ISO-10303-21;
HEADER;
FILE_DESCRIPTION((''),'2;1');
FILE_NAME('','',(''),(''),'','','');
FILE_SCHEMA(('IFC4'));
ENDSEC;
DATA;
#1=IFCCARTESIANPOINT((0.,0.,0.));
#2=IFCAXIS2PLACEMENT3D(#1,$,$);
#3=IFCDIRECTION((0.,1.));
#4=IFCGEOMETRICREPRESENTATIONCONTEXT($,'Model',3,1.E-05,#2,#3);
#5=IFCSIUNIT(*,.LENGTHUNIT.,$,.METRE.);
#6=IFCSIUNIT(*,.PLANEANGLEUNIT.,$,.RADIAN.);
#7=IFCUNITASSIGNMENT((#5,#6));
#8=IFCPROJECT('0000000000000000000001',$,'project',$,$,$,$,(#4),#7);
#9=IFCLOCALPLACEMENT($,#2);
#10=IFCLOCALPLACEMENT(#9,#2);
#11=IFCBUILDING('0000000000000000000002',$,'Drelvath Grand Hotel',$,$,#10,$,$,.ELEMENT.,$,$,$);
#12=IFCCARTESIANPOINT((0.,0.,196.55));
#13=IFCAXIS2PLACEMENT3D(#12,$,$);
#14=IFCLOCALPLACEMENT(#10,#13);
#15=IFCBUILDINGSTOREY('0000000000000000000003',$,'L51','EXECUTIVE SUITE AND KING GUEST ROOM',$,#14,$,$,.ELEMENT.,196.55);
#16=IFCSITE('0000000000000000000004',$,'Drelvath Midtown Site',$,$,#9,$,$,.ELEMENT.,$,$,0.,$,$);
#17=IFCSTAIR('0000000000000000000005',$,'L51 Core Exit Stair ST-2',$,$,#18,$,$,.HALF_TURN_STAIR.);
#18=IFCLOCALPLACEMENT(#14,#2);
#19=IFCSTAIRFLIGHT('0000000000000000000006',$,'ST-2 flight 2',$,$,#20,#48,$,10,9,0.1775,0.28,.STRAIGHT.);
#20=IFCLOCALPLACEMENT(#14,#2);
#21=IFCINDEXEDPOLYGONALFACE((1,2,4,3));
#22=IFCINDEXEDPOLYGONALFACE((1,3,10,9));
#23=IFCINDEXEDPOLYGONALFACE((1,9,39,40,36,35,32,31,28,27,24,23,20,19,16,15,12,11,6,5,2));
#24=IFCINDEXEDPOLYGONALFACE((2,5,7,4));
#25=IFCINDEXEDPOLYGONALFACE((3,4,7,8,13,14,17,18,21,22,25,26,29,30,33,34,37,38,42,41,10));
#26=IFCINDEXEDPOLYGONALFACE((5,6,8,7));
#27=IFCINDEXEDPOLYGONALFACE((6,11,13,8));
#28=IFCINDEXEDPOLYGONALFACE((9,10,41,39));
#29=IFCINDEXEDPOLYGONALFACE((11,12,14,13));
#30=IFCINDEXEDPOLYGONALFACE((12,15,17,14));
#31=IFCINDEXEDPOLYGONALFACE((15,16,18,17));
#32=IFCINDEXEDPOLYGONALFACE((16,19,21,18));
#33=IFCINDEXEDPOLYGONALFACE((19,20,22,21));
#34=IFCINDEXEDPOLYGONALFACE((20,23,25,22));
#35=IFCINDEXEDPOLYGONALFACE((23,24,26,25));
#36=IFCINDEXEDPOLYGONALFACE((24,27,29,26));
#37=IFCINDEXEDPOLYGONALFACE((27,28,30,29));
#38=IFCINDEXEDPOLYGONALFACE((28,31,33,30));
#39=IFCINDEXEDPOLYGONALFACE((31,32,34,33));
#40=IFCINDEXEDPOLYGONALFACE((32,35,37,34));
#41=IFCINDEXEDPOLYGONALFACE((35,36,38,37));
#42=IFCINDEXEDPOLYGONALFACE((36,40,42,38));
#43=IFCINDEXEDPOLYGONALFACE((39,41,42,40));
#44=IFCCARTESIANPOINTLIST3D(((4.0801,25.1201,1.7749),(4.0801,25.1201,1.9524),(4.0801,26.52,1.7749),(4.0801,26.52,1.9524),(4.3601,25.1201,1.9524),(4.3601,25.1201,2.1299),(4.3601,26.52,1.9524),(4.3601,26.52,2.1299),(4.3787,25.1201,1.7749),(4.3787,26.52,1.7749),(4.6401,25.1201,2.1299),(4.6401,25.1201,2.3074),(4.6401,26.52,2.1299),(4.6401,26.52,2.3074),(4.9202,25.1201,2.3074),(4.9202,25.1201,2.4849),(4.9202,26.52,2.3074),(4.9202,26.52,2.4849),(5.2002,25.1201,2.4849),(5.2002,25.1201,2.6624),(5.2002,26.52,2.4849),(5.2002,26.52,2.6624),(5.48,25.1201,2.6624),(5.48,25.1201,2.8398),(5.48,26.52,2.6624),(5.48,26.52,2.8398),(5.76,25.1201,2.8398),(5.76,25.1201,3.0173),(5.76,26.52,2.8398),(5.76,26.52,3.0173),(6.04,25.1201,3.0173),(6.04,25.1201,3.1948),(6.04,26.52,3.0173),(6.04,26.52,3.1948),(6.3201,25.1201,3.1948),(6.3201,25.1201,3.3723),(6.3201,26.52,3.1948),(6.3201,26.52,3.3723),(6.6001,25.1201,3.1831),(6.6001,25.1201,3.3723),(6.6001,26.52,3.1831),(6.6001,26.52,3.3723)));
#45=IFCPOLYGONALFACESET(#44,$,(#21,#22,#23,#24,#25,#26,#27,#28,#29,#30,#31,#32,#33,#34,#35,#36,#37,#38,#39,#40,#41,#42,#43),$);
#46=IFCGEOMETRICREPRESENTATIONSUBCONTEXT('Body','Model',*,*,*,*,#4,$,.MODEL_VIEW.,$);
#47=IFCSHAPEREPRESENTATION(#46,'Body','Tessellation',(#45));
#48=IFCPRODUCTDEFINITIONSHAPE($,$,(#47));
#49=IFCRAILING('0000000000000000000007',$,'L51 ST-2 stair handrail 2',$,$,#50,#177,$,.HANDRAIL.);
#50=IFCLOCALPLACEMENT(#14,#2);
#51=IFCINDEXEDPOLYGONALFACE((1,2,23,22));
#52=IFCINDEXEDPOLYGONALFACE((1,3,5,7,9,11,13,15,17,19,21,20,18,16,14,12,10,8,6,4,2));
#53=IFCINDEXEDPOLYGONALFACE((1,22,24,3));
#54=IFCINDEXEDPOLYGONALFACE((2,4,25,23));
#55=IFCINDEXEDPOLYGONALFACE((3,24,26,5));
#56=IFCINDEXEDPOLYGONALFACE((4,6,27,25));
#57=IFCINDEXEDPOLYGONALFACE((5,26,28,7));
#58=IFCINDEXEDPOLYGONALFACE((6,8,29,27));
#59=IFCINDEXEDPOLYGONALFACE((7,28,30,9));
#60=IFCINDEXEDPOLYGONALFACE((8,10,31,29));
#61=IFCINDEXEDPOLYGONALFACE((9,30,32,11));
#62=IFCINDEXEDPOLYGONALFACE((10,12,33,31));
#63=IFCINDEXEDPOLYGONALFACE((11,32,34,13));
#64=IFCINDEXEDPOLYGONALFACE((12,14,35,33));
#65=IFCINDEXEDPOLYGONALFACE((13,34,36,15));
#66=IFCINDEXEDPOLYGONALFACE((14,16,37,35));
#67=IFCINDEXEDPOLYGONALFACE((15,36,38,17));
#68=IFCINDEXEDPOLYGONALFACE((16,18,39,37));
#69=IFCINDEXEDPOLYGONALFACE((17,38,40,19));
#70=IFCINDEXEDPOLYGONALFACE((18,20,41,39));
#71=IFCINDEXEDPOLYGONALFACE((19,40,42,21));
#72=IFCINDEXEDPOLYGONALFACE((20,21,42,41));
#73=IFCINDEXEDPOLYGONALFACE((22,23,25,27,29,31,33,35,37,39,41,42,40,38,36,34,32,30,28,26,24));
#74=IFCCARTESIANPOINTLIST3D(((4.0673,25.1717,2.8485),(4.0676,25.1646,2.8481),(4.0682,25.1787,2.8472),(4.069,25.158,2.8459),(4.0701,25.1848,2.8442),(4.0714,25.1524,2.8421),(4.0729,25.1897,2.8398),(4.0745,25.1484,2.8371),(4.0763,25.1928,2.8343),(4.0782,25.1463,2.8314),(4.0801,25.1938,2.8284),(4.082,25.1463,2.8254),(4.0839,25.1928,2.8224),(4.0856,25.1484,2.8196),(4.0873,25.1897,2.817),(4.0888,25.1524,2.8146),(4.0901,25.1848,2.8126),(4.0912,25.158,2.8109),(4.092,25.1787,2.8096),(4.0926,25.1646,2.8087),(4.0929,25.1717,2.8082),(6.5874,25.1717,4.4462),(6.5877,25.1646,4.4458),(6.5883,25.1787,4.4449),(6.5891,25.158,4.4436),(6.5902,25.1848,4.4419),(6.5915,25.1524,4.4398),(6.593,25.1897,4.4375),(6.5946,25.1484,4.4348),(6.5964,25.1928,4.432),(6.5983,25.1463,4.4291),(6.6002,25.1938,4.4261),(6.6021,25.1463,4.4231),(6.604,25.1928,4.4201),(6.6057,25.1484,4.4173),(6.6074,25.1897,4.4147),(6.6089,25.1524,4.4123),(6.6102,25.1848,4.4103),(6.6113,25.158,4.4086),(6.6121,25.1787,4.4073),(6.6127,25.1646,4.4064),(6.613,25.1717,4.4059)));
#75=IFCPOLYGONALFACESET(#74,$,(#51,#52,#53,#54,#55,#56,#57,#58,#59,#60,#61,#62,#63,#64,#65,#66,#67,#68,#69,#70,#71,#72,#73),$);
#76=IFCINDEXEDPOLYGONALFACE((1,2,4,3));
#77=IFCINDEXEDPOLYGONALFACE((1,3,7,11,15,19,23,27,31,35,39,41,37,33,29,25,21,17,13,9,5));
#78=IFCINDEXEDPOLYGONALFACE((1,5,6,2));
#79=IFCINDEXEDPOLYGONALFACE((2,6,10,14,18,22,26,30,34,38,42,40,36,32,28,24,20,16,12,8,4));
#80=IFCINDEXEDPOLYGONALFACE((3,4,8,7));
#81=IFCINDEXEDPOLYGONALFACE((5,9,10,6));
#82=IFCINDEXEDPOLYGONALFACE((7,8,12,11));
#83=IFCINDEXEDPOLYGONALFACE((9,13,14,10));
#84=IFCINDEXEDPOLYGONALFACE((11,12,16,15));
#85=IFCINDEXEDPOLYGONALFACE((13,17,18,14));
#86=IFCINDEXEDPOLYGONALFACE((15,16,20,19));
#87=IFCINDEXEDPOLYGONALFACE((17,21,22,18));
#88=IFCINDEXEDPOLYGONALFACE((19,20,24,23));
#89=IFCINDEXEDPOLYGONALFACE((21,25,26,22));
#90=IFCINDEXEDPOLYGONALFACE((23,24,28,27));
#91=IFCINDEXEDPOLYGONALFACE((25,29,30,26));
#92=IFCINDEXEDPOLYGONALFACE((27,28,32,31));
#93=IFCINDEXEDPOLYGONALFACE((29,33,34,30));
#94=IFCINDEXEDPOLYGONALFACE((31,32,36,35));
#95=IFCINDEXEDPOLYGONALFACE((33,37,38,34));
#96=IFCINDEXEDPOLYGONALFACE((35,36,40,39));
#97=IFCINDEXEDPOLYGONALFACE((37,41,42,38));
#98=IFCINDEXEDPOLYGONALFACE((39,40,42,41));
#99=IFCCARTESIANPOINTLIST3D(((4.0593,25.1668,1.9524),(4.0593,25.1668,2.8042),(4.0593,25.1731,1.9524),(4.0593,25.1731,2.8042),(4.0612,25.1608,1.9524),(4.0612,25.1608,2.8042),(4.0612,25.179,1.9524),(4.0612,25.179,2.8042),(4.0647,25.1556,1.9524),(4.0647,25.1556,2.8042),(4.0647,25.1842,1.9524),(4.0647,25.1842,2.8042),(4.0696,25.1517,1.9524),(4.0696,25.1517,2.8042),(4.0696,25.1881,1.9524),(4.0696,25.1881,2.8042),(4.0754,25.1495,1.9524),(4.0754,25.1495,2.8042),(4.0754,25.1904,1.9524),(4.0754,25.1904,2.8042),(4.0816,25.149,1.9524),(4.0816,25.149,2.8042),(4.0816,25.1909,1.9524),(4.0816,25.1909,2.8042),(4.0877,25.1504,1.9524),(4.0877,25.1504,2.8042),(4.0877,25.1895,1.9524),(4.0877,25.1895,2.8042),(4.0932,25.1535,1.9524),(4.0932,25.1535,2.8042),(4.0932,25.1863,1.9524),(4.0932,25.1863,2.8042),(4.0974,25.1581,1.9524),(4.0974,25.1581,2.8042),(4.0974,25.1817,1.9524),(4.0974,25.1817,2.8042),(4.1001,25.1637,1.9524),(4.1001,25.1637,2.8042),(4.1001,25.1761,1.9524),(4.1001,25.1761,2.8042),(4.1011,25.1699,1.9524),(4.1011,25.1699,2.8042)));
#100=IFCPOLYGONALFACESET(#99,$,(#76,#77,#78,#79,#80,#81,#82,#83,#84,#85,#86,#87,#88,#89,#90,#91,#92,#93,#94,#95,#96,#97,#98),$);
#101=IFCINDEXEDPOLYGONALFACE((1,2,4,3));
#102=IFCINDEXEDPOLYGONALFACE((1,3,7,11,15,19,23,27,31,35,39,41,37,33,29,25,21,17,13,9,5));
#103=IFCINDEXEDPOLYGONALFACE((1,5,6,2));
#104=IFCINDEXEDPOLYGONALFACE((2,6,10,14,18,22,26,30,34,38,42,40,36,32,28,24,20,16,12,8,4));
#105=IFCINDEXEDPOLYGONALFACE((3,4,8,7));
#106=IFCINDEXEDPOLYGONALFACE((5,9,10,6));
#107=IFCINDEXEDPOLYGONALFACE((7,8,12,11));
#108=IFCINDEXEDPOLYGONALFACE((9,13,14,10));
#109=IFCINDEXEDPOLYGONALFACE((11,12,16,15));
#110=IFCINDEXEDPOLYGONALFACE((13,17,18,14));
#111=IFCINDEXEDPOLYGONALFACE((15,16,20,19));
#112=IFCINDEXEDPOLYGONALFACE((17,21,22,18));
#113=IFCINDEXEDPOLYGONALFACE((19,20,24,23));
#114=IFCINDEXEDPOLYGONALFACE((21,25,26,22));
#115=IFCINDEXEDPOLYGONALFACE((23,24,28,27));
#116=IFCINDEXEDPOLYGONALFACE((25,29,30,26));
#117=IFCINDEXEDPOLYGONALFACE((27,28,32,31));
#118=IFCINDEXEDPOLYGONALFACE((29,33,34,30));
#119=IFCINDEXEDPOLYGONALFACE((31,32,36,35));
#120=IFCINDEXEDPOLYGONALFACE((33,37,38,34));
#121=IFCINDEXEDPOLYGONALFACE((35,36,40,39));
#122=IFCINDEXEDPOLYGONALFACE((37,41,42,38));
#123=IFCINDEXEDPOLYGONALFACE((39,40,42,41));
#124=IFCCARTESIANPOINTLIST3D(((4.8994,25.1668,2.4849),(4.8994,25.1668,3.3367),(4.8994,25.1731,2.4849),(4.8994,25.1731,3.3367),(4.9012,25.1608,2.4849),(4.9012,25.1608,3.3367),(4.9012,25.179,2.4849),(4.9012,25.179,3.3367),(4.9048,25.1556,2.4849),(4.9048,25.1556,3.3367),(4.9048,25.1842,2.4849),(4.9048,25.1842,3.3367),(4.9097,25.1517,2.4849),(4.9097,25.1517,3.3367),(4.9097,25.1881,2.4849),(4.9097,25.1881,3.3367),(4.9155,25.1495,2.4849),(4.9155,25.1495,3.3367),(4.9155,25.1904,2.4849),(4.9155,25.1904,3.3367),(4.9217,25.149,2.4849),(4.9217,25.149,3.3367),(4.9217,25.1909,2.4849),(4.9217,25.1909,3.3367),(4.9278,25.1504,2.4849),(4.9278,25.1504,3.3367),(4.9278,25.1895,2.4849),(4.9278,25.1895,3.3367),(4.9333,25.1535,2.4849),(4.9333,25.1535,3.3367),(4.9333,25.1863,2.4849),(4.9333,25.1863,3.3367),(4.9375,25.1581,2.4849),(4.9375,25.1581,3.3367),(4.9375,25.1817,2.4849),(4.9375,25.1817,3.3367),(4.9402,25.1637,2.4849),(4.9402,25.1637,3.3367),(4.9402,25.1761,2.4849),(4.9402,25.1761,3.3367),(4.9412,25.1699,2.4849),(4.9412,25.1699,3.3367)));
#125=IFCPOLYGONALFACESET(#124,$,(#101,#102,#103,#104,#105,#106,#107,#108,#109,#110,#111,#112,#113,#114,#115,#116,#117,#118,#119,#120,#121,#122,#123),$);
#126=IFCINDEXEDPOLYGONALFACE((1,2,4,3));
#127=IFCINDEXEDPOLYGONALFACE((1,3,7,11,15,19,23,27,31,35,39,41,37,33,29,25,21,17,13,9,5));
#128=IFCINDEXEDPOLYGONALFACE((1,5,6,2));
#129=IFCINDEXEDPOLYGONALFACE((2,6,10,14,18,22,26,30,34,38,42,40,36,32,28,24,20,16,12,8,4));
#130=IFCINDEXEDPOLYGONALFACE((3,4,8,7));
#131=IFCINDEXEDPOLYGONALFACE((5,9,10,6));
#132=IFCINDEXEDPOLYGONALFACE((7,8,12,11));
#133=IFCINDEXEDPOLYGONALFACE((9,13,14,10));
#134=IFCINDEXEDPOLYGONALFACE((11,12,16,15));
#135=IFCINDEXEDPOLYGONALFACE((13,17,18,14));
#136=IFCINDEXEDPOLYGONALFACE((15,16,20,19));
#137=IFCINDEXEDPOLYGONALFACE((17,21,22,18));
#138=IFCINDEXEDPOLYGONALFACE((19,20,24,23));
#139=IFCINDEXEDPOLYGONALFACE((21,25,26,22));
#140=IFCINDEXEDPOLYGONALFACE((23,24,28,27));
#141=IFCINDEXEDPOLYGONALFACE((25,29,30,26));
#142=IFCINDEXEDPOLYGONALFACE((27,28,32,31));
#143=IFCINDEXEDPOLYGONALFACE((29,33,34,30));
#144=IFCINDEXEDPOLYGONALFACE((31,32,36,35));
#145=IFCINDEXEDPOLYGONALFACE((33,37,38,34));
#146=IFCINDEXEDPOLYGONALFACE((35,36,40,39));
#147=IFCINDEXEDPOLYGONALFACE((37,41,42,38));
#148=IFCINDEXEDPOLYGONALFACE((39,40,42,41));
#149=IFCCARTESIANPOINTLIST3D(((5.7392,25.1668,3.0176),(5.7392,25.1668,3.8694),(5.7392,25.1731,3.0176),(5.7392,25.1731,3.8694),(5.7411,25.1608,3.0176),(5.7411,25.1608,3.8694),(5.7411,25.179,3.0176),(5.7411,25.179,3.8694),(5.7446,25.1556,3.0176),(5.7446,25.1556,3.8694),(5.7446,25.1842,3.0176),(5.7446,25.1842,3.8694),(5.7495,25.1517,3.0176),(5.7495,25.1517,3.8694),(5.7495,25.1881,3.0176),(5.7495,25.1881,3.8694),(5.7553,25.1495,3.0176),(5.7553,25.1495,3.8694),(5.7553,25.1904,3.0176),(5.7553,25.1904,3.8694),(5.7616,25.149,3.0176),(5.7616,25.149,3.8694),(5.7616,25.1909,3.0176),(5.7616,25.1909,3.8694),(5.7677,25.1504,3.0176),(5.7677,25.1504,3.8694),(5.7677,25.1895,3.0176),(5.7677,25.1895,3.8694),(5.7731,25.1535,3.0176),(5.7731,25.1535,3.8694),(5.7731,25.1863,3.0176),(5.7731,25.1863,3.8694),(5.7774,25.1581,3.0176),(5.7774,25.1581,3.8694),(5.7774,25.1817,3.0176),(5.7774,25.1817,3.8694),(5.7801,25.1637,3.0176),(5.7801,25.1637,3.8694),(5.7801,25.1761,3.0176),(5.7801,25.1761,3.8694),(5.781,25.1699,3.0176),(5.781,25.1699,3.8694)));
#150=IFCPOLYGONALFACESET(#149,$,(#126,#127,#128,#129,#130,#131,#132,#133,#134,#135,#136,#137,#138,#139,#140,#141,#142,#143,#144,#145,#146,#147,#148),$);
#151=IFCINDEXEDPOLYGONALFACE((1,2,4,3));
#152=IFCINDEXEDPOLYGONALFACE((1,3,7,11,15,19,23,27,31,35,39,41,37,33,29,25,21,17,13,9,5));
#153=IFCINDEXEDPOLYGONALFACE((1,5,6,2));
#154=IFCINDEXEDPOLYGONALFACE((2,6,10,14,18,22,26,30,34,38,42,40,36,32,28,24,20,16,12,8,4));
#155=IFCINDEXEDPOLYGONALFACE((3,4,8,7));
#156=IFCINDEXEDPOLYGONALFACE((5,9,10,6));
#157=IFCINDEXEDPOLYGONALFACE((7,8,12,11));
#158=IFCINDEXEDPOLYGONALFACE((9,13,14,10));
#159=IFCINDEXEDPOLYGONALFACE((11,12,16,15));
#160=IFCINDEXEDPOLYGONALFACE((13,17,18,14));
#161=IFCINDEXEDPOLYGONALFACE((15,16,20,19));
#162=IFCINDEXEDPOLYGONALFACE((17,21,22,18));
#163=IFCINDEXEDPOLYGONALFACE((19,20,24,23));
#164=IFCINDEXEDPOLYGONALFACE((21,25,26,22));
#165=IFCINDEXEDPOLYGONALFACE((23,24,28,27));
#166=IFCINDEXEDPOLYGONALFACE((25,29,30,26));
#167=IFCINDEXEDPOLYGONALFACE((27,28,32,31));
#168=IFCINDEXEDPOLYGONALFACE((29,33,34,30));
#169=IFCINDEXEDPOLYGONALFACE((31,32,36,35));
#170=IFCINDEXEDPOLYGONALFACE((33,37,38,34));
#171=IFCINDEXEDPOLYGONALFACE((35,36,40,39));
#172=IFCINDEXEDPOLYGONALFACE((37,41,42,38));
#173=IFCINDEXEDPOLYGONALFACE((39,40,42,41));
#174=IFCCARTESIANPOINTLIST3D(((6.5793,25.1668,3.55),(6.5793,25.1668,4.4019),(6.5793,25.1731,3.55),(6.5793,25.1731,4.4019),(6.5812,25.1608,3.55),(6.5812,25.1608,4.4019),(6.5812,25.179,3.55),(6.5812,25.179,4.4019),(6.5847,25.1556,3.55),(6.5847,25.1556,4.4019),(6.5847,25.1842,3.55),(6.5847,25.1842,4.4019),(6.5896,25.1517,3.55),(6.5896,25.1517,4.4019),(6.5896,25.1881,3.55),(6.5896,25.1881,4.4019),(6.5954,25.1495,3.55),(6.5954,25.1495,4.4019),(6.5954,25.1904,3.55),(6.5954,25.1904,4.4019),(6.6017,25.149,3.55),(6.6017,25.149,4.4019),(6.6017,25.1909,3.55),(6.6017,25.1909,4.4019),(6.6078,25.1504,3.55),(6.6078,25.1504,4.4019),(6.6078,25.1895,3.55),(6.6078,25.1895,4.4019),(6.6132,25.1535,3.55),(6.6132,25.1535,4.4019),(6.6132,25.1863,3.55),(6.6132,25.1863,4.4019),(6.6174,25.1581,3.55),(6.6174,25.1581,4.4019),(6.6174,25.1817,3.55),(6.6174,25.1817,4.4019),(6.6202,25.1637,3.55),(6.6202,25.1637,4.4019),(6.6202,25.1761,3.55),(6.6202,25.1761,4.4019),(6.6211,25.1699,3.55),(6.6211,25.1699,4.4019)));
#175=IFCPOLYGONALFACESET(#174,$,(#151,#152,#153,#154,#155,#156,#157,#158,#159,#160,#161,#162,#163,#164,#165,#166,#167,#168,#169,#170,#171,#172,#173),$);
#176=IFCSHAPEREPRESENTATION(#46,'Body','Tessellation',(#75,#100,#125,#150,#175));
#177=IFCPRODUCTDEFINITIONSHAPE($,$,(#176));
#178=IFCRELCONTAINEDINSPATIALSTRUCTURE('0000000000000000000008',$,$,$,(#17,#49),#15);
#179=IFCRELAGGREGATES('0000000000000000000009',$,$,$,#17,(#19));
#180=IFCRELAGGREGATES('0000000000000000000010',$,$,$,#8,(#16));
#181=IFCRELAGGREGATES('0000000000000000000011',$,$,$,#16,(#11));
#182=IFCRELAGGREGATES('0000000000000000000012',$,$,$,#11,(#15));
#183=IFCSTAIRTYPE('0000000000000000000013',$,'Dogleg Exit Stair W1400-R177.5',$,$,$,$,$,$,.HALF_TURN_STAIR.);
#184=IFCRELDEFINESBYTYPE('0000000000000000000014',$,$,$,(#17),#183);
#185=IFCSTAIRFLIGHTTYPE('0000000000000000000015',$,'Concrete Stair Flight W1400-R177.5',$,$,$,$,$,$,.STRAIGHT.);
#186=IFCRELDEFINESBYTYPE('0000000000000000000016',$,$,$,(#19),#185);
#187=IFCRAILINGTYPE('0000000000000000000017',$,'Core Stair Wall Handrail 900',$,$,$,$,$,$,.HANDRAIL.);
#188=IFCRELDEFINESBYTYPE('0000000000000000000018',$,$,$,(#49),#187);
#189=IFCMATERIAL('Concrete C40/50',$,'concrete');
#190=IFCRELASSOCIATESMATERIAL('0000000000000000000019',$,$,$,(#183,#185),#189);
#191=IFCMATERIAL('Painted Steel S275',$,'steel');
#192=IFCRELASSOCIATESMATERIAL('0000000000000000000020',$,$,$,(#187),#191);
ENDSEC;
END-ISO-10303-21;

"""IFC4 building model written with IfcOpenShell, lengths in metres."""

from ifc_helpers import new_model, si_unit, direction, frame, origin, origin_2d, place, context, subcontext, project, spatial, polyline, circle, outline, extrude, material, type_object, element, aggregate, save


model = new_model("IFC4")

# Units and contexts
model_context = context("Model", 3, precision=1e-05, world=origin(), true_north=direction((0.0, 1.0)))
body_context = subcontext(model_context, "Body", "Model", "MODEL_VIEW")
ifc_project = project(units=[si_unit("LENGTHUNIT", "METRE"), si_unit("PLANEANGLEUNIT", "RADIAN")], contexts=[model_context])

# Site, building, storey
site_placement = place(None, origin())
site = spatial("IfcSite", under=ifc_project, at=site_placement, Name="Drelvath Midtown Site", CompositionType="ELEMENT", RefElevation=0.0)
building_placement = place(site_placement, origin())
building = spatial("IfcBuilding", under=site, at=building_placement, Name="Drelvath Grand Hotel", CompositionType="ELEMENT")
storey_placement = place(building_placement, frame((0.0, 0.0, 196.55)))
storey = spatial("IfcBuildingStorey", under=building, at=storey_placement, Name="L51", Description="EXECUTIVE SUITE AND KING GUEST ROOM", CompositionType="ELEMENT", Elevation=196.55)

# Shared definitions
ifc_material_1 = material(Name="Concrete C40/50", Category="concrete")

# Stair, stair flight
stair_type = type_object("IfcStairType", Name="Dogleg Exit Stair W1400-R177.5", PredefinedType="HALF_TURN_STAIR", material=ifc_material_1)
stair_placement = place(storey_placement, origin())
stair = element("IfcStair", 1, at=stair_placement, inside=storey, type_object=stair_type, Name="L51 Core Exit Stair ST-2", PredefinedType="HALF_TURN_STAIR")
stair_flight_type = type_object("IfcStairFlightType", Name="Concrete Stair Flight W1400-R177.5", PredefinedType="STRAIGHT", material=ifc_material_1)
stair_flight_placement = place(storey_placement, frame((4.0801, 25.8201, 1.7749), z_axis=(0.0, 0.0, 1.0), x_axis=(1.0, 0.0, 0.0)))
stair_flight = element("IfcStairFlight", 2, at=stair_flight_placement, type_object=stair_flight_type, Name="ST-2 flight 2", NumberOfRisers=10, NumberOfTreads=9, PredefinedType="STRAIGHT", RiserHeight=0.1775, TreadLength=0.28, context=body_context, shape_type="SweptSolid", body=[
    extrude(outline(polyline([(0.0, 0.0), (0.0, 0.1775), (0.28, 0.1775), (0.28, 0.355), (0.5601, 0.355), (0.5601, 0.5325), (0.8401, 0.5325), (0.8401, 0.71), (1.1201, 0.71), (1.1201, 0.8875), (1.3999, 0.8875), (1.3999, 1.0649), (1.6799, 1.0649), (1.6799, 1.2424), (1.96, 1.2424), (1.96, 1.4199), (2.24, 1.4199), (2.24, 1.5974), (2.52, 1.5974), (2.52, 1.7749), (2.52, 1.4082), (0.2986, 0.0), (0.0, 0.0)])), frame((0.0, 0.7, 0.0), z_axis=(0.0, -1.0, 0.0), x_axis=(1.0, 0.0, 0.0)), (0.0, 0.0, 1.0), 1.3999),
])
aggregate(stair, [stair_flight])

# Railing
ifc_material_2 = material(Name="Painted Steel S275", Category="steel")
railing_type_1 = type_object("IfcRailingType", Name="Core Stair Wall Handrail 900", PredefinedType="HANDRAIL", material=ifc_material_2)
railing_1_placement = place(storey_placement, frame((4.0801, 25.1699, 1.9524)))
element("IfcRailing", 3, at=railing_1_placement, inside=storey, type_object=railing_type_1, Name="L51 ST-2 stair handrail 2", PredefinedType="HANDRAIL", context=body_context, shape_type="SweptSolid", body=[
    extrude(circle(Radius=0.0239, at=origin_2d()), frame((0.0, 0.0, 0.876), z_axis=(0.84457, 0.0, 0.535445), x_axis=(0.0, 1.0, 0.0)), (0.0, 0.0, 1.0), 2.9839),
    extrude(circle(Radius=0.021, at=origin_2d()), origin(), (0.0, 0.0, 1.0), 0.8518),
    extrude(circle(Radius=0.021, at=origin_2d()), frame((0.8401, 0.0, 0.5325)), (0.0, 0.0, 1.0), 0.8518),
    extrude(circle(Radius=0.021, at=origin_2d()), frame((1.6799, 0.0, 1.0652)), (0.0, 0.0, 1.0), 0.8518),
    extrude(circle(Radius=0.021, at=origin_2d()), frame((2.52, 0.0, 1.5977)), (0.0, 0.0, 1.0), 0.8518),
])

save(model, "model.ifc")
